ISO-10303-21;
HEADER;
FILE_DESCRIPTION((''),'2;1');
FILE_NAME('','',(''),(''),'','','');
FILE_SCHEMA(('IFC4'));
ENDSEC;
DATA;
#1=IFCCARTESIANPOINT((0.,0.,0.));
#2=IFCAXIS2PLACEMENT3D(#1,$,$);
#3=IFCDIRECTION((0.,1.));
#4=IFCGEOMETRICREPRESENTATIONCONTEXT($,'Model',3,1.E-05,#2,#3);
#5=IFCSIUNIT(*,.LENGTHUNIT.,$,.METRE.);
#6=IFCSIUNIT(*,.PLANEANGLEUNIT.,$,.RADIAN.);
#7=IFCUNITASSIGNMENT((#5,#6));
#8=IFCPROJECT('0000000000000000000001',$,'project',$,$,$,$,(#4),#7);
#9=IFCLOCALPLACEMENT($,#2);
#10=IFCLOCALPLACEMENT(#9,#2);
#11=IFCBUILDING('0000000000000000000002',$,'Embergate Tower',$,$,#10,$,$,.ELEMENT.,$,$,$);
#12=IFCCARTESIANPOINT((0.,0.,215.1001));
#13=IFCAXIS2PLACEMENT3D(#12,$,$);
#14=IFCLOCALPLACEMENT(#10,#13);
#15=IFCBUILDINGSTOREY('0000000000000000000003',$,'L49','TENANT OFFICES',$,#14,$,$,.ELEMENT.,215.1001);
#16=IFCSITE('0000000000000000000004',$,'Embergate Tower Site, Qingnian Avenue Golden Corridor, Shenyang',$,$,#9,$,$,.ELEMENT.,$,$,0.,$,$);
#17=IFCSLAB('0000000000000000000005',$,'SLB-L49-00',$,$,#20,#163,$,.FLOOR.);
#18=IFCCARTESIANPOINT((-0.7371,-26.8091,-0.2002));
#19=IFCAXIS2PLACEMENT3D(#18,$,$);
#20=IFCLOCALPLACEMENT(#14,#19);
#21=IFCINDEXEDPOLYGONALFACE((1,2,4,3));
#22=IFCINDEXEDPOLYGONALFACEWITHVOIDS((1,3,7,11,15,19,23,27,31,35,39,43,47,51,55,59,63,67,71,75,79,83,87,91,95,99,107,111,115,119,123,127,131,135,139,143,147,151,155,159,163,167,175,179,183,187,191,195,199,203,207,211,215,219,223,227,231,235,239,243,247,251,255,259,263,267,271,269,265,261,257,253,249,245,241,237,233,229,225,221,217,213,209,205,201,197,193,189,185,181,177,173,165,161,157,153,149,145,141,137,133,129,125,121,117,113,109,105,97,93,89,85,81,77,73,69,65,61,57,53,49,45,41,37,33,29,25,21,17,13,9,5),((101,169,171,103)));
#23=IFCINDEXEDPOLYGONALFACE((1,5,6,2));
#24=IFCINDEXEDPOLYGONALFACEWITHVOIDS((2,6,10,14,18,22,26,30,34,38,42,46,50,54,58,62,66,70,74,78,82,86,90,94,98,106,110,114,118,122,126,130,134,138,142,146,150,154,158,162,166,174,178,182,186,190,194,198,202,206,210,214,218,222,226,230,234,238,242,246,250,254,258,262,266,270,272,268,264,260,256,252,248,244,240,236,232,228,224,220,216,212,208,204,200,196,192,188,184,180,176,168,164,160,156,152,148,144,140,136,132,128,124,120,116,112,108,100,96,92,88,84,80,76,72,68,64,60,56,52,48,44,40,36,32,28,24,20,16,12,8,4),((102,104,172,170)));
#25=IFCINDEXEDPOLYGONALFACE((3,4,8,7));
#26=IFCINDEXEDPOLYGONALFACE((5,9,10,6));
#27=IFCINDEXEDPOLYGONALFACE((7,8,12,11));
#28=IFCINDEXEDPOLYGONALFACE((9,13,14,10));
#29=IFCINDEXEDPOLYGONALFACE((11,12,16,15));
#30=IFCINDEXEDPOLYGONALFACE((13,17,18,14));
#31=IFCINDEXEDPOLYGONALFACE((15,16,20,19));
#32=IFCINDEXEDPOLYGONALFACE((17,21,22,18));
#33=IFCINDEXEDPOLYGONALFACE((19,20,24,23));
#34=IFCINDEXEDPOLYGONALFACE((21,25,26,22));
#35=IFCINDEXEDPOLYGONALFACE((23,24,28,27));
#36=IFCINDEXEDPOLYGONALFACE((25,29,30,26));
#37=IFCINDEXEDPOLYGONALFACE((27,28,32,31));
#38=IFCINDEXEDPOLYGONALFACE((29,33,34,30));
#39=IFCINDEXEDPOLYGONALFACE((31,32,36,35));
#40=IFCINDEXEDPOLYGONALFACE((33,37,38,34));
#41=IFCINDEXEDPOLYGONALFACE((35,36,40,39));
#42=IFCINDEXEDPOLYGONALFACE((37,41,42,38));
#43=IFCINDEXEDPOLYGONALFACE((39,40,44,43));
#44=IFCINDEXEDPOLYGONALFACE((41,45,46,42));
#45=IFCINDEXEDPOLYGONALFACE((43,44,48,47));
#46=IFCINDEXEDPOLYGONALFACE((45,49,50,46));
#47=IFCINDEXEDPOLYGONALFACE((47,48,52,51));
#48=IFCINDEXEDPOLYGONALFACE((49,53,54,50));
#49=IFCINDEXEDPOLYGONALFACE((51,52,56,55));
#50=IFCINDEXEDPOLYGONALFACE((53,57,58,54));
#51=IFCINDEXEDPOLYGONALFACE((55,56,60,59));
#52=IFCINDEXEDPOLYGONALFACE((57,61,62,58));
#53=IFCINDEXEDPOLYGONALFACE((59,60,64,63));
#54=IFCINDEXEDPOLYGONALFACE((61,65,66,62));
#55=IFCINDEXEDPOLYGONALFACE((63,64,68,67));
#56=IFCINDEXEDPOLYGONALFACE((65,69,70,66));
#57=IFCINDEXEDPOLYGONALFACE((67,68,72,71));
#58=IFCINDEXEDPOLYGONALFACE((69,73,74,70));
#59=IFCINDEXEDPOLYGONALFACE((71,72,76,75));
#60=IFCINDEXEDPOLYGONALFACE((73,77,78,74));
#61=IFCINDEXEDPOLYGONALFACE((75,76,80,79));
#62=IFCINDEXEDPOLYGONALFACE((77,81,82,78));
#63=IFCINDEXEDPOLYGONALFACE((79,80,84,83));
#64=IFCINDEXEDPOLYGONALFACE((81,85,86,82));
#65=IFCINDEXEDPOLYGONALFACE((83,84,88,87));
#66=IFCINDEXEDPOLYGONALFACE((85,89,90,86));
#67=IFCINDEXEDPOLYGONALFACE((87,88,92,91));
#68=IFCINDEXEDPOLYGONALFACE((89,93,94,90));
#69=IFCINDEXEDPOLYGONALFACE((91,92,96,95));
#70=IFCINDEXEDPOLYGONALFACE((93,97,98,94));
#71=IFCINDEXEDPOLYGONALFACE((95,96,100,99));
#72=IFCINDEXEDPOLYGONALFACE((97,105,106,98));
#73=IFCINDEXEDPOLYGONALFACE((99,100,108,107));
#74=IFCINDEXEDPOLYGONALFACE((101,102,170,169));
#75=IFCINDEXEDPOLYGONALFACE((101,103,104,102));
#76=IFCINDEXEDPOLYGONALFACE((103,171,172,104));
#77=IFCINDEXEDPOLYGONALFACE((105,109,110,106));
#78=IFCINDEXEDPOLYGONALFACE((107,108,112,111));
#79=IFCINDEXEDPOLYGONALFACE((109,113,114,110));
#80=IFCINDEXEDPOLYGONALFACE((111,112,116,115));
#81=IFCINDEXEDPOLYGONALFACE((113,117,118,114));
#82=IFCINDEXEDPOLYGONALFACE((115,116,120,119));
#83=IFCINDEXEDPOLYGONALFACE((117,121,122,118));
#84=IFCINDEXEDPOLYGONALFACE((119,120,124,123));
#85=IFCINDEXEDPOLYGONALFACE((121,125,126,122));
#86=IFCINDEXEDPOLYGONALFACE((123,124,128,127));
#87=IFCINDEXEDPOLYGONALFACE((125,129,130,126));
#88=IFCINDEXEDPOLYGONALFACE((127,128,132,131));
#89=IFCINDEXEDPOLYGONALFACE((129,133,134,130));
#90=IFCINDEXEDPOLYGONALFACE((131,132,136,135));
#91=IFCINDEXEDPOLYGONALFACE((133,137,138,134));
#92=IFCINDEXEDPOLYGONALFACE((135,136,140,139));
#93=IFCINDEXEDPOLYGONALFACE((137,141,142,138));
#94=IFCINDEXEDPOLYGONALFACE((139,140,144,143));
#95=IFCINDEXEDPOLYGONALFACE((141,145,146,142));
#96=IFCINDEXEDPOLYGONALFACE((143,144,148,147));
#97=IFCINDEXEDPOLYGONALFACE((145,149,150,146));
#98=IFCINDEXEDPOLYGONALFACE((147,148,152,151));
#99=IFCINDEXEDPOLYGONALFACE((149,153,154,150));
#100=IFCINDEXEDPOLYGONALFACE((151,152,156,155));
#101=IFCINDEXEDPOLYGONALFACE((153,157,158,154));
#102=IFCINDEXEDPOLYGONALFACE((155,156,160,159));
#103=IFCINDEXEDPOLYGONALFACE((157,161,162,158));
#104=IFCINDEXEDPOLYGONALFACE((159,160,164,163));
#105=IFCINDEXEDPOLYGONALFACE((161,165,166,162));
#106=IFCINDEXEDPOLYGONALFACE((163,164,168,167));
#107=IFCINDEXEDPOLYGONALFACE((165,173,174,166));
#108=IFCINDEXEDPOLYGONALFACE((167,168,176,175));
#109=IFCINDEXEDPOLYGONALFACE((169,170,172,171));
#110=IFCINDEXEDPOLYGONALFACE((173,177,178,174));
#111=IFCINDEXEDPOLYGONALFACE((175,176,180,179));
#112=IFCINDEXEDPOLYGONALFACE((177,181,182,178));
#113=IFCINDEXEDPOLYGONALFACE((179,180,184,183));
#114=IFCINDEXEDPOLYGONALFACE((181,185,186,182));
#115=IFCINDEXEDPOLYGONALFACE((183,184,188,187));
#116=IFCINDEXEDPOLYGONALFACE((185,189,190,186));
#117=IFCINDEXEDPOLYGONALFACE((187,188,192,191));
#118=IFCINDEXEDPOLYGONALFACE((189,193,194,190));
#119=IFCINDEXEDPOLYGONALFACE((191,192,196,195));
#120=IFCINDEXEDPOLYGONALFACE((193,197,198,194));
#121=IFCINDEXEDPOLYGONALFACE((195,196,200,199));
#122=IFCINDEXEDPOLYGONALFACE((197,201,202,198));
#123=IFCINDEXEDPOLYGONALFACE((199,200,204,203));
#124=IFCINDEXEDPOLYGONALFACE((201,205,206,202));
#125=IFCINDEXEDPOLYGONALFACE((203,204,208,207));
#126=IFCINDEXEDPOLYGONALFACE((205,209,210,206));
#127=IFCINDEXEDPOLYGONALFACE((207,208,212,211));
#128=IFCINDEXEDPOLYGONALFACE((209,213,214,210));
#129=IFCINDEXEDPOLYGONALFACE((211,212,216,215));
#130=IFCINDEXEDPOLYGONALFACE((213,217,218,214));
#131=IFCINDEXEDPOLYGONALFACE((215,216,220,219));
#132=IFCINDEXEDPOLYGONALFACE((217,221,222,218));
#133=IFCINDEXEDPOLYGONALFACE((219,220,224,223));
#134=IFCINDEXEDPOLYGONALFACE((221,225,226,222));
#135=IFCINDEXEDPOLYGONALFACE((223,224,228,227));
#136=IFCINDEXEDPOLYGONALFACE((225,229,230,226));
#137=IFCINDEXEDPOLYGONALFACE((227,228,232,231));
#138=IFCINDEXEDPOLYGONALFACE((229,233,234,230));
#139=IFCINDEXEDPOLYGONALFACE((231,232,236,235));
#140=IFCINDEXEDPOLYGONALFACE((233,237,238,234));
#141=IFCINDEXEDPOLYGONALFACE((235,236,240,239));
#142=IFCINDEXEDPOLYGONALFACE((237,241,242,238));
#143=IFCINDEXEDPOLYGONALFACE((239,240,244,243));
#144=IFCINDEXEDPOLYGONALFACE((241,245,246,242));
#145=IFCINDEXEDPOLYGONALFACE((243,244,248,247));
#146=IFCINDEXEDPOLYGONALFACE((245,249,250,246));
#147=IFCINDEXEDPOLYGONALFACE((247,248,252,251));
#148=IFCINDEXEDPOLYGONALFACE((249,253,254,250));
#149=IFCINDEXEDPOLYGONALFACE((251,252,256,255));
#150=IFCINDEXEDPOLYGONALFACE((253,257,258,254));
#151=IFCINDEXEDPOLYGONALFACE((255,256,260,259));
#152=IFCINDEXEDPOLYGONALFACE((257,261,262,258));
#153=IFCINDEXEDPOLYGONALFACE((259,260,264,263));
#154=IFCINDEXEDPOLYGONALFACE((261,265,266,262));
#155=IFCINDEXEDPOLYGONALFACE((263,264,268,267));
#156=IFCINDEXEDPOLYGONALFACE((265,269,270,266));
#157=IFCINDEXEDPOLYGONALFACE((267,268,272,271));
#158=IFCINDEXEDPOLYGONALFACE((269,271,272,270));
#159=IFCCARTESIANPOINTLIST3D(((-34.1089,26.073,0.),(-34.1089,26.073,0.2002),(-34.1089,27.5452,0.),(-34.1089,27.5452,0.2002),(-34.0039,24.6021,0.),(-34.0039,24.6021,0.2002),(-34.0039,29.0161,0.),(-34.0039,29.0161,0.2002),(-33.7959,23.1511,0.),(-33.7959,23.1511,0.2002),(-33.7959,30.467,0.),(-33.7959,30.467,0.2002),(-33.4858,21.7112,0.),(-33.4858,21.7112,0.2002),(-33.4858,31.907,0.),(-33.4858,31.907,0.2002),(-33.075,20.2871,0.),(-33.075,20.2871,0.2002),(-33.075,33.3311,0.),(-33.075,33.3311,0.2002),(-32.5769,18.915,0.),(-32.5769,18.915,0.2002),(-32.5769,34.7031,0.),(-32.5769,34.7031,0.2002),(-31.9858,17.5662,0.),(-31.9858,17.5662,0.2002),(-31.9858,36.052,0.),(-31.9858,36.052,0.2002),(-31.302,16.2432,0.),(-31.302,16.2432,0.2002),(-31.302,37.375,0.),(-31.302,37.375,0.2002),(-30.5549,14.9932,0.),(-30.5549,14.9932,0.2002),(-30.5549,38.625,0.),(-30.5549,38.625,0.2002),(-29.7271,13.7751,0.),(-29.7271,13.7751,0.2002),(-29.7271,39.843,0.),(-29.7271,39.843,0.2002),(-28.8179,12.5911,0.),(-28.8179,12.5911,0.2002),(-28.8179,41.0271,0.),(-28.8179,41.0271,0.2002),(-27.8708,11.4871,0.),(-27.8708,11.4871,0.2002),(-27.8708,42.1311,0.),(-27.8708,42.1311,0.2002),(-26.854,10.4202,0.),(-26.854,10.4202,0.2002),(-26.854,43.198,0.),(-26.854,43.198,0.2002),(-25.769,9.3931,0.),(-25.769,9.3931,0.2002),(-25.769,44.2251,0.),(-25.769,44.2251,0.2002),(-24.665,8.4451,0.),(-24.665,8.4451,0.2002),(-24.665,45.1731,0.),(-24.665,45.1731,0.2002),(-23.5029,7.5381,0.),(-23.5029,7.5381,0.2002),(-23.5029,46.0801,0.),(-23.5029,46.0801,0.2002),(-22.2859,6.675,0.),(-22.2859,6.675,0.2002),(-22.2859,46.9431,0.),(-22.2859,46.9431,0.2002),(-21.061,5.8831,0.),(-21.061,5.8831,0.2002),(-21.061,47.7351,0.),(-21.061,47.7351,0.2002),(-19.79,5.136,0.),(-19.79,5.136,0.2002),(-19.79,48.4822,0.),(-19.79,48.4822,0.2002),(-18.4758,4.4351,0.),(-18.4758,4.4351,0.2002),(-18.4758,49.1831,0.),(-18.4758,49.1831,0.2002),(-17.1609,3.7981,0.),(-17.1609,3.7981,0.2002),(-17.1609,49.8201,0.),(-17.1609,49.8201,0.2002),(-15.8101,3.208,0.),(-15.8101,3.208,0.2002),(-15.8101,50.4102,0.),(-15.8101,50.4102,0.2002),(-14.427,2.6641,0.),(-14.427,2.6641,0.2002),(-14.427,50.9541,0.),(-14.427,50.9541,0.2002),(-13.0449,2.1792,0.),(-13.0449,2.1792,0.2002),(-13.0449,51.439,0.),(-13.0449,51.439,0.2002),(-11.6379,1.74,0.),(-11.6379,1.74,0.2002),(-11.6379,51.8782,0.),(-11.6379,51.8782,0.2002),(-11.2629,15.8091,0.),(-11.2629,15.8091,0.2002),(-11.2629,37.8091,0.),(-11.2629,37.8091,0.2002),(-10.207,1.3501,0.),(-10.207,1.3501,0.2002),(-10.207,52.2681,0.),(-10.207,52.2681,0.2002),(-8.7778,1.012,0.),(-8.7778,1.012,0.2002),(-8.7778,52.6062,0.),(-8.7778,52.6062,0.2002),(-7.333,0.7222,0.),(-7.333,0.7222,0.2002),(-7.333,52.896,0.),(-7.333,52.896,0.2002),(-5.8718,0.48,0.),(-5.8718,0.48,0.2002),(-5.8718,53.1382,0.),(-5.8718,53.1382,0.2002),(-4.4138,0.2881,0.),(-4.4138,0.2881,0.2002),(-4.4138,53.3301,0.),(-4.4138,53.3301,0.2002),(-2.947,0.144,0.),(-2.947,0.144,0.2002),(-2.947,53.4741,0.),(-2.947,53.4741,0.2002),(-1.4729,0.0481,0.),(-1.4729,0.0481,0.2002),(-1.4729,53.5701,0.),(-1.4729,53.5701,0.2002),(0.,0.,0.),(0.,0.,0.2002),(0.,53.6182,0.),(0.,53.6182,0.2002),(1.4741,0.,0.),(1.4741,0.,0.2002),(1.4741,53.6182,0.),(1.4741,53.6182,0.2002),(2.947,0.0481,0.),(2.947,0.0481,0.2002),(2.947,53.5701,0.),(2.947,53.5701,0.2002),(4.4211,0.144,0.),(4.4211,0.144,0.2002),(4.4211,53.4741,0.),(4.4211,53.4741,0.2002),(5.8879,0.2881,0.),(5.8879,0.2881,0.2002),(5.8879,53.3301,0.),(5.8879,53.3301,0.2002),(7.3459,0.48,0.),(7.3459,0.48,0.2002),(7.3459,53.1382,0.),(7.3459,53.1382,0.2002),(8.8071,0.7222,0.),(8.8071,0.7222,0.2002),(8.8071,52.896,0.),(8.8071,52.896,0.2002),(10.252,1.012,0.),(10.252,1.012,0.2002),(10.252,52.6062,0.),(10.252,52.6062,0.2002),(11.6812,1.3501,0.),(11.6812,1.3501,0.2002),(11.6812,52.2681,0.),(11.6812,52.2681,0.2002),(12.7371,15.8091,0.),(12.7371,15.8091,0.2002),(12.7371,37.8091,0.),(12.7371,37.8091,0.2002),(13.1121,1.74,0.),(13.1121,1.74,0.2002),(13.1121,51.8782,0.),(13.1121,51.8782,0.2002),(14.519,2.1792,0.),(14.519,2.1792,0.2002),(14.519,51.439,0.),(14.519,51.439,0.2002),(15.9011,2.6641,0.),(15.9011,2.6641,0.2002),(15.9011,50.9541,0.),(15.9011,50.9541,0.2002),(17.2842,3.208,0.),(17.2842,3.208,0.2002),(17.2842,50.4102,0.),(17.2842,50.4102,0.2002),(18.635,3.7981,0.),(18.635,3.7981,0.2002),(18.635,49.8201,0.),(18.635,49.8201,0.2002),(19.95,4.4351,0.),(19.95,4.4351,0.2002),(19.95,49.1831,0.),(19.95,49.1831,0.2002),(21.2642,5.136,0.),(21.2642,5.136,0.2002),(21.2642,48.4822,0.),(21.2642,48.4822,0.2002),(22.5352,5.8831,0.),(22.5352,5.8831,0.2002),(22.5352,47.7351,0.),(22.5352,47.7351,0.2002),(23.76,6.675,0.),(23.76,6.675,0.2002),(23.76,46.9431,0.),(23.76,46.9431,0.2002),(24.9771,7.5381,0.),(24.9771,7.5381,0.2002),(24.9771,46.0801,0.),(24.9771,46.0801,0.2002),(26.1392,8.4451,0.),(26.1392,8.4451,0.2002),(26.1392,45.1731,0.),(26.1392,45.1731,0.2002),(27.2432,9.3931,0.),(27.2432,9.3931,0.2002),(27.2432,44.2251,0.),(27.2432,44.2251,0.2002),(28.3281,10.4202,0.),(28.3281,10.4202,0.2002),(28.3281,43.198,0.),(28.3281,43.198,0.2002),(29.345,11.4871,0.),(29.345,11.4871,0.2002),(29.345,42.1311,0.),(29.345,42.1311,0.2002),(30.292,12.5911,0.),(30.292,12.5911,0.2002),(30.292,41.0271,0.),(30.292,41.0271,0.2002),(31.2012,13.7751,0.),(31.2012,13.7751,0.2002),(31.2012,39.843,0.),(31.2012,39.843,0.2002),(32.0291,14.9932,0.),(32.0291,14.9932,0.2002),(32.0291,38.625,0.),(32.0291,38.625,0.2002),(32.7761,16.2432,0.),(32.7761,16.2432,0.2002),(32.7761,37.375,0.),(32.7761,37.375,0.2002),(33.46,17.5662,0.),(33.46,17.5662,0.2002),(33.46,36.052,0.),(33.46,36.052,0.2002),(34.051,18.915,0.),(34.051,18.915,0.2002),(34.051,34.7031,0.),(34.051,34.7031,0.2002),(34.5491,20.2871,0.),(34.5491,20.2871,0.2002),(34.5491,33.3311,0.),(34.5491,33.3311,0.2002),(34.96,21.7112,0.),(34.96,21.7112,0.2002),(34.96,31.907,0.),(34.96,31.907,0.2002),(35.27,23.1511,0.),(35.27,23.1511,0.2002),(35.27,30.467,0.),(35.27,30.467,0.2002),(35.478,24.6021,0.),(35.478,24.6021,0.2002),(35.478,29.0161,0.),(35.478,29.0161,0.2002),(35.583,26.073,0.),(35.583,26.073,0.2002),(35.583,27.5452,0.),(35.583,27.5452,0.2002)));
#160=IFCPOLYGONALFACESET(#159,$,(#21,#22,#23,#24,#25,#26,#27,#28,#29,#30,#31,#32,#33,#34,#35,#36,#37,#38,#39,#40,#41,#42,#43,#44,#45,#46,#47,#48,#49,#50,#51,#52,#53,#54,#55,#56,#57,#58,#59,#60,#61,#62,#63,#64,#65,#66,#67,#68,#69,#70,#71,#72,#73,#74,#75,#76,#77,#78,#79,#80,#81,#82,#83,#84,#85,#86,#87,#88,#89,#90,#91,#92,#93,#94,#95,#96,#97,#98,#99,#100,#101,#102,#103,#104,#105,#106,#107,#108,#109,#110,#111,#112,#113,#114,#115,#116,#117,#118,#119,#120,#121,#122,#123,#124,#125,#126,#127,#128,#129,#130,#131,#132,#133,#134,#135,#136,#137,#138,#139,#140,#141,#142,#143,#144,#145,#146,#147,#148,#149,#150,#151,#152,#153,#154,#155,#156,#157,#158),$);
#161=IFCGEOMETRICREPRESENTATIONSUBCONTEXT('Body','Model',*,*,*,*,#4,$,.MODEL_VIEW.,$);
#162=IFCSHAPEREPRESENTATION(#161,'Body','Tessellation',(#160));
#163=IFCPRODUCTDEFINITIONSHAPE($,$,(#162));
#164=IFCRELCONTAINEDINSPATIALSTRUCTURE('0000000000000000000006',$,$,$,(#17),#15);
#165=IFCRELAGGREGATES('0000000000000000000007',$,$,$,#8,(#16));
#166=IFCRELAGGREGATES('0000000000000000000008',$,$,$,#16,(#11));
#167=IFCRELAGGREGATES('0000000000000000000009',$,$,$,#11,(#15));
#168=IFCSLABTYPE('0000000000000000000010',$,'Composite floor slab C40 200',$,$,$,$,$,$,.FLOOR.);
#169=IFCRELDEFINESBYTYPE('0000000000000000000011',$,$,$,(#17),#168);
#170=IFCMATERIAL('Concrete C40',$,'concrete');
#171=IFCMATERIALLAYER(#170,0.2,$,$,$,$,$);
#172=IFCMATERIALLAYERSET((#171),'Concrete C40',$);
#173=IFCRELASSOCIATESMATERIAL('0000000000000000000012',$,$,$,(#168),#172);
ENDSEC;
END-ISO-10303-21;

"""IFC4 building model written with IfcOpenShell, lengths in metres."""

from ifc_helpers import new_model, si_unit, direction, frame, origin, place, context, subcontext, project, spatial, polyline, outline, extrude, source, transform, mapped, material, layer, layer_set, type_object, element, save


model = new_model("IFC4")

# Units and contexts
model_context = context("Model", 3, precision=1e-05, world=origin(), true_north=direction((0.0, 1.0)))
body_context = subcontext(model_context, "Body", "Model", "MODEL_VIEW")
ifc_project = project(units=[si_unit("LENGTHUNIT", "METRE"), si_unit("PLANEANGLEUNIT", "RADIAN")], contexts=[model_context])

# Site, building, storey
site_placement = place(None, origin())
site = spatial("IfcSite", under=ifc_project, at=site_placement, Name="Embergate Tower Site, Qingnian Avenue Golden Corridor, Shenyang", CompositionType="ELEMENT", RefElevation=0.0)
building_placement = place(site_placement, origin())
building = spatial("IfcBuilding", under=site, at=building_placement, Name="Embergate Tower", CompositionType="ELEMENT")
storey_placement = place(building_placement, frame((0.0, 0.0, 215.1001)))
storey = spatial("IfcBuildingStorey", under=building, at=storey_placement, Name="L49", Description="TENANT OFFICES", CompositionType="ELEMENT", Elevation=215.1001)

# Slab
ifc_material_1 = material(Name="Concrete C40", Category="concrete")
ifc_layer_1 = layer(ifc_material_1, 0.2)
ifc_layer_set_1 = layer_set([ifc_layer_1], Name="Concrete C40")
slab_type = type_object("IfcSlabType", Name="Composite floor slab C40 200", PredefinedType="FLOOR", material=ifc_layer_set_1)
shared_shape_1 = source(origin(), body_context, "Body", "SweptSolid", [
    extrude(outline(polyline([(0.0, 0.0), (1.4741, 0.0), (2.947, 0.0481), (4.4211, 0.144), (5.8879, 0.2881), (7.3459, 0.48), (8.8071, 0.7222), (10.252, 1.012), (11.6812, 1.3501), (13.1121, 1.74), (14.519, 2.1792), (15.9011, 2.6641), (17.2842, 3.208), (18.635, 3.7981), (19.95, 4.4351), (21.2642, 5.136), (22.5352, 5.8831), (23.76, 6.675), (24.9771, 7.5381), (26.1392, 8.4451), (27.2432, 9.3931), (28.3281, 10.4202), (29.345, 11.4871), (30.292, 12.5911), (31.2012, 13.7751), (32.0291, 14.9932), (32.7761, 16.2432), (33.46, 17.5662), (34.051, 18.915), (34.5491, 20.2871), (34.96, 21.7112), (35.27, 23.1511), (35.478, 24.6021), (35.583, 26.073), (35.583, 27.5452), (35.478, 29.0161), (35.27, 30.467), (34.96, 31.907), (34.5491, 33.3311), (34.051, 34.7031), (33.46, 36.052), (32.7761, 37.375), (32.0291, 38.625), (31.2012, 39.843), (30.292, 41.0271), (29.345, 42.1311), (28.3281, 43.198), (27.2432, 44.2251), (26.1392, 45.1731), (24.9771, 46.0801), (23.76, 46.9431), (22.5352, 47.7351), (21.2642, 48.4822), (19.95, 49.1831), (18.635, 49.8201), (17.2842, 50.4102), (15.9011, 50.9541), (14.519, 51.439), (13.1121, 51.8782), (11.6812, 52.2681), (10.252, 52.6062), (8.8071, 52.896), (7.3459, 53.1382), (5.8879, 53.3301), (4.4211, 53.4741), (2.947, 53.5701), (1.4741, 53.6182), (0.0, 53.6182), (-1.4729, 53.5701), (-2.947, 53.4741), (-4.4138, 53.3301), (-5.8718, 53.1382), (-7.333, 52.896), (-8.7778, 52.6062), (-10.207, 52.2681), (-11.6379, 51.8782), (-13.0449, 51.439), (-14.427, 50.9541), (-15.8101, 50.4102), (-17.1609, 49.8201), (-18.4758, 49.1831), (-19.79, 48.4822), (-21.061, 47.7351), (-22.2859, 46.9431), (-23.5029, 46.0801), (-24.665, 45.1731), (-25.769, 44.2251), (-26.854, 43.198), (-27.8708, 42.1311), (-28.8179, 41.0271), (-29.7271, 39.843), (-30.5549, 38.625), (-31.302, 37.375), (-31.9858, 36.052), (-32.5769, 34.7031), (-33.075, 33.3311), (-33.4858, 31.907), (-33.7959, 30.467), (-34.0039, 29.0161), (-34.1089, 27.5452), (-34.1089, 26.073), (-34.0039, 24.6021), (-33.7959, 23.1511), (-33.4858, 21.7112), (-33.075, 20.2871), (-32.5769, 18.915), (-31.9858, 17.5662), (-31.302, 16.2432), (-30.5549, 14.9932), (-29.7271, 13.7751), (-28.8179, 12.5911), (-27.8708, 11.4871), (-26.854, 10.4202), (-25.769, 9.3931), (-24.665, 8.4451), (-23.5029, 7.5381), (-22.2859, 6.675), (-21.061, 5.8831), (-19.79, 5.136), (-18.4758, 4.4351), (-17.1609, 3.7981), (-15.8101, 3.208), (-14.427, 2.6641), (-13.0449, 2.1792), (-11.6379, 1.74), (-10.207, 1.3501), (-8.7778, 1.012), (-7.333, 0.7222), (-5.8718, 0.48), (-4.4138, 0.2881), (-2.947, 0.144), (-1.4729, 0.0481), (0.0, 0.0)]), holes=[polyline([(-11.2629, 15.8091), (-11.2629, 37.8091), (12.7371, 37.8091), (12.7371, 15.8091), (-11.2629, 15.8091)])]), origin(), (0.0, 0.0, 1.0), 0.2002),
])
slab_placement = place(storey_placement, frame((-0.7371, -26.8091, -0.2002)))
element("IfcSlab", 1, at=slab_placement, inside=storey, type_object=slab_type, Name="SLB-L49-00", PredefinedType="FLOOR", context=body_context, shape_type="MappedRepresentation", body=[
    mapped(shared_shape_1, transform((0.0, 0.0, 0.0))),
])

save(model, "model.ifc")
